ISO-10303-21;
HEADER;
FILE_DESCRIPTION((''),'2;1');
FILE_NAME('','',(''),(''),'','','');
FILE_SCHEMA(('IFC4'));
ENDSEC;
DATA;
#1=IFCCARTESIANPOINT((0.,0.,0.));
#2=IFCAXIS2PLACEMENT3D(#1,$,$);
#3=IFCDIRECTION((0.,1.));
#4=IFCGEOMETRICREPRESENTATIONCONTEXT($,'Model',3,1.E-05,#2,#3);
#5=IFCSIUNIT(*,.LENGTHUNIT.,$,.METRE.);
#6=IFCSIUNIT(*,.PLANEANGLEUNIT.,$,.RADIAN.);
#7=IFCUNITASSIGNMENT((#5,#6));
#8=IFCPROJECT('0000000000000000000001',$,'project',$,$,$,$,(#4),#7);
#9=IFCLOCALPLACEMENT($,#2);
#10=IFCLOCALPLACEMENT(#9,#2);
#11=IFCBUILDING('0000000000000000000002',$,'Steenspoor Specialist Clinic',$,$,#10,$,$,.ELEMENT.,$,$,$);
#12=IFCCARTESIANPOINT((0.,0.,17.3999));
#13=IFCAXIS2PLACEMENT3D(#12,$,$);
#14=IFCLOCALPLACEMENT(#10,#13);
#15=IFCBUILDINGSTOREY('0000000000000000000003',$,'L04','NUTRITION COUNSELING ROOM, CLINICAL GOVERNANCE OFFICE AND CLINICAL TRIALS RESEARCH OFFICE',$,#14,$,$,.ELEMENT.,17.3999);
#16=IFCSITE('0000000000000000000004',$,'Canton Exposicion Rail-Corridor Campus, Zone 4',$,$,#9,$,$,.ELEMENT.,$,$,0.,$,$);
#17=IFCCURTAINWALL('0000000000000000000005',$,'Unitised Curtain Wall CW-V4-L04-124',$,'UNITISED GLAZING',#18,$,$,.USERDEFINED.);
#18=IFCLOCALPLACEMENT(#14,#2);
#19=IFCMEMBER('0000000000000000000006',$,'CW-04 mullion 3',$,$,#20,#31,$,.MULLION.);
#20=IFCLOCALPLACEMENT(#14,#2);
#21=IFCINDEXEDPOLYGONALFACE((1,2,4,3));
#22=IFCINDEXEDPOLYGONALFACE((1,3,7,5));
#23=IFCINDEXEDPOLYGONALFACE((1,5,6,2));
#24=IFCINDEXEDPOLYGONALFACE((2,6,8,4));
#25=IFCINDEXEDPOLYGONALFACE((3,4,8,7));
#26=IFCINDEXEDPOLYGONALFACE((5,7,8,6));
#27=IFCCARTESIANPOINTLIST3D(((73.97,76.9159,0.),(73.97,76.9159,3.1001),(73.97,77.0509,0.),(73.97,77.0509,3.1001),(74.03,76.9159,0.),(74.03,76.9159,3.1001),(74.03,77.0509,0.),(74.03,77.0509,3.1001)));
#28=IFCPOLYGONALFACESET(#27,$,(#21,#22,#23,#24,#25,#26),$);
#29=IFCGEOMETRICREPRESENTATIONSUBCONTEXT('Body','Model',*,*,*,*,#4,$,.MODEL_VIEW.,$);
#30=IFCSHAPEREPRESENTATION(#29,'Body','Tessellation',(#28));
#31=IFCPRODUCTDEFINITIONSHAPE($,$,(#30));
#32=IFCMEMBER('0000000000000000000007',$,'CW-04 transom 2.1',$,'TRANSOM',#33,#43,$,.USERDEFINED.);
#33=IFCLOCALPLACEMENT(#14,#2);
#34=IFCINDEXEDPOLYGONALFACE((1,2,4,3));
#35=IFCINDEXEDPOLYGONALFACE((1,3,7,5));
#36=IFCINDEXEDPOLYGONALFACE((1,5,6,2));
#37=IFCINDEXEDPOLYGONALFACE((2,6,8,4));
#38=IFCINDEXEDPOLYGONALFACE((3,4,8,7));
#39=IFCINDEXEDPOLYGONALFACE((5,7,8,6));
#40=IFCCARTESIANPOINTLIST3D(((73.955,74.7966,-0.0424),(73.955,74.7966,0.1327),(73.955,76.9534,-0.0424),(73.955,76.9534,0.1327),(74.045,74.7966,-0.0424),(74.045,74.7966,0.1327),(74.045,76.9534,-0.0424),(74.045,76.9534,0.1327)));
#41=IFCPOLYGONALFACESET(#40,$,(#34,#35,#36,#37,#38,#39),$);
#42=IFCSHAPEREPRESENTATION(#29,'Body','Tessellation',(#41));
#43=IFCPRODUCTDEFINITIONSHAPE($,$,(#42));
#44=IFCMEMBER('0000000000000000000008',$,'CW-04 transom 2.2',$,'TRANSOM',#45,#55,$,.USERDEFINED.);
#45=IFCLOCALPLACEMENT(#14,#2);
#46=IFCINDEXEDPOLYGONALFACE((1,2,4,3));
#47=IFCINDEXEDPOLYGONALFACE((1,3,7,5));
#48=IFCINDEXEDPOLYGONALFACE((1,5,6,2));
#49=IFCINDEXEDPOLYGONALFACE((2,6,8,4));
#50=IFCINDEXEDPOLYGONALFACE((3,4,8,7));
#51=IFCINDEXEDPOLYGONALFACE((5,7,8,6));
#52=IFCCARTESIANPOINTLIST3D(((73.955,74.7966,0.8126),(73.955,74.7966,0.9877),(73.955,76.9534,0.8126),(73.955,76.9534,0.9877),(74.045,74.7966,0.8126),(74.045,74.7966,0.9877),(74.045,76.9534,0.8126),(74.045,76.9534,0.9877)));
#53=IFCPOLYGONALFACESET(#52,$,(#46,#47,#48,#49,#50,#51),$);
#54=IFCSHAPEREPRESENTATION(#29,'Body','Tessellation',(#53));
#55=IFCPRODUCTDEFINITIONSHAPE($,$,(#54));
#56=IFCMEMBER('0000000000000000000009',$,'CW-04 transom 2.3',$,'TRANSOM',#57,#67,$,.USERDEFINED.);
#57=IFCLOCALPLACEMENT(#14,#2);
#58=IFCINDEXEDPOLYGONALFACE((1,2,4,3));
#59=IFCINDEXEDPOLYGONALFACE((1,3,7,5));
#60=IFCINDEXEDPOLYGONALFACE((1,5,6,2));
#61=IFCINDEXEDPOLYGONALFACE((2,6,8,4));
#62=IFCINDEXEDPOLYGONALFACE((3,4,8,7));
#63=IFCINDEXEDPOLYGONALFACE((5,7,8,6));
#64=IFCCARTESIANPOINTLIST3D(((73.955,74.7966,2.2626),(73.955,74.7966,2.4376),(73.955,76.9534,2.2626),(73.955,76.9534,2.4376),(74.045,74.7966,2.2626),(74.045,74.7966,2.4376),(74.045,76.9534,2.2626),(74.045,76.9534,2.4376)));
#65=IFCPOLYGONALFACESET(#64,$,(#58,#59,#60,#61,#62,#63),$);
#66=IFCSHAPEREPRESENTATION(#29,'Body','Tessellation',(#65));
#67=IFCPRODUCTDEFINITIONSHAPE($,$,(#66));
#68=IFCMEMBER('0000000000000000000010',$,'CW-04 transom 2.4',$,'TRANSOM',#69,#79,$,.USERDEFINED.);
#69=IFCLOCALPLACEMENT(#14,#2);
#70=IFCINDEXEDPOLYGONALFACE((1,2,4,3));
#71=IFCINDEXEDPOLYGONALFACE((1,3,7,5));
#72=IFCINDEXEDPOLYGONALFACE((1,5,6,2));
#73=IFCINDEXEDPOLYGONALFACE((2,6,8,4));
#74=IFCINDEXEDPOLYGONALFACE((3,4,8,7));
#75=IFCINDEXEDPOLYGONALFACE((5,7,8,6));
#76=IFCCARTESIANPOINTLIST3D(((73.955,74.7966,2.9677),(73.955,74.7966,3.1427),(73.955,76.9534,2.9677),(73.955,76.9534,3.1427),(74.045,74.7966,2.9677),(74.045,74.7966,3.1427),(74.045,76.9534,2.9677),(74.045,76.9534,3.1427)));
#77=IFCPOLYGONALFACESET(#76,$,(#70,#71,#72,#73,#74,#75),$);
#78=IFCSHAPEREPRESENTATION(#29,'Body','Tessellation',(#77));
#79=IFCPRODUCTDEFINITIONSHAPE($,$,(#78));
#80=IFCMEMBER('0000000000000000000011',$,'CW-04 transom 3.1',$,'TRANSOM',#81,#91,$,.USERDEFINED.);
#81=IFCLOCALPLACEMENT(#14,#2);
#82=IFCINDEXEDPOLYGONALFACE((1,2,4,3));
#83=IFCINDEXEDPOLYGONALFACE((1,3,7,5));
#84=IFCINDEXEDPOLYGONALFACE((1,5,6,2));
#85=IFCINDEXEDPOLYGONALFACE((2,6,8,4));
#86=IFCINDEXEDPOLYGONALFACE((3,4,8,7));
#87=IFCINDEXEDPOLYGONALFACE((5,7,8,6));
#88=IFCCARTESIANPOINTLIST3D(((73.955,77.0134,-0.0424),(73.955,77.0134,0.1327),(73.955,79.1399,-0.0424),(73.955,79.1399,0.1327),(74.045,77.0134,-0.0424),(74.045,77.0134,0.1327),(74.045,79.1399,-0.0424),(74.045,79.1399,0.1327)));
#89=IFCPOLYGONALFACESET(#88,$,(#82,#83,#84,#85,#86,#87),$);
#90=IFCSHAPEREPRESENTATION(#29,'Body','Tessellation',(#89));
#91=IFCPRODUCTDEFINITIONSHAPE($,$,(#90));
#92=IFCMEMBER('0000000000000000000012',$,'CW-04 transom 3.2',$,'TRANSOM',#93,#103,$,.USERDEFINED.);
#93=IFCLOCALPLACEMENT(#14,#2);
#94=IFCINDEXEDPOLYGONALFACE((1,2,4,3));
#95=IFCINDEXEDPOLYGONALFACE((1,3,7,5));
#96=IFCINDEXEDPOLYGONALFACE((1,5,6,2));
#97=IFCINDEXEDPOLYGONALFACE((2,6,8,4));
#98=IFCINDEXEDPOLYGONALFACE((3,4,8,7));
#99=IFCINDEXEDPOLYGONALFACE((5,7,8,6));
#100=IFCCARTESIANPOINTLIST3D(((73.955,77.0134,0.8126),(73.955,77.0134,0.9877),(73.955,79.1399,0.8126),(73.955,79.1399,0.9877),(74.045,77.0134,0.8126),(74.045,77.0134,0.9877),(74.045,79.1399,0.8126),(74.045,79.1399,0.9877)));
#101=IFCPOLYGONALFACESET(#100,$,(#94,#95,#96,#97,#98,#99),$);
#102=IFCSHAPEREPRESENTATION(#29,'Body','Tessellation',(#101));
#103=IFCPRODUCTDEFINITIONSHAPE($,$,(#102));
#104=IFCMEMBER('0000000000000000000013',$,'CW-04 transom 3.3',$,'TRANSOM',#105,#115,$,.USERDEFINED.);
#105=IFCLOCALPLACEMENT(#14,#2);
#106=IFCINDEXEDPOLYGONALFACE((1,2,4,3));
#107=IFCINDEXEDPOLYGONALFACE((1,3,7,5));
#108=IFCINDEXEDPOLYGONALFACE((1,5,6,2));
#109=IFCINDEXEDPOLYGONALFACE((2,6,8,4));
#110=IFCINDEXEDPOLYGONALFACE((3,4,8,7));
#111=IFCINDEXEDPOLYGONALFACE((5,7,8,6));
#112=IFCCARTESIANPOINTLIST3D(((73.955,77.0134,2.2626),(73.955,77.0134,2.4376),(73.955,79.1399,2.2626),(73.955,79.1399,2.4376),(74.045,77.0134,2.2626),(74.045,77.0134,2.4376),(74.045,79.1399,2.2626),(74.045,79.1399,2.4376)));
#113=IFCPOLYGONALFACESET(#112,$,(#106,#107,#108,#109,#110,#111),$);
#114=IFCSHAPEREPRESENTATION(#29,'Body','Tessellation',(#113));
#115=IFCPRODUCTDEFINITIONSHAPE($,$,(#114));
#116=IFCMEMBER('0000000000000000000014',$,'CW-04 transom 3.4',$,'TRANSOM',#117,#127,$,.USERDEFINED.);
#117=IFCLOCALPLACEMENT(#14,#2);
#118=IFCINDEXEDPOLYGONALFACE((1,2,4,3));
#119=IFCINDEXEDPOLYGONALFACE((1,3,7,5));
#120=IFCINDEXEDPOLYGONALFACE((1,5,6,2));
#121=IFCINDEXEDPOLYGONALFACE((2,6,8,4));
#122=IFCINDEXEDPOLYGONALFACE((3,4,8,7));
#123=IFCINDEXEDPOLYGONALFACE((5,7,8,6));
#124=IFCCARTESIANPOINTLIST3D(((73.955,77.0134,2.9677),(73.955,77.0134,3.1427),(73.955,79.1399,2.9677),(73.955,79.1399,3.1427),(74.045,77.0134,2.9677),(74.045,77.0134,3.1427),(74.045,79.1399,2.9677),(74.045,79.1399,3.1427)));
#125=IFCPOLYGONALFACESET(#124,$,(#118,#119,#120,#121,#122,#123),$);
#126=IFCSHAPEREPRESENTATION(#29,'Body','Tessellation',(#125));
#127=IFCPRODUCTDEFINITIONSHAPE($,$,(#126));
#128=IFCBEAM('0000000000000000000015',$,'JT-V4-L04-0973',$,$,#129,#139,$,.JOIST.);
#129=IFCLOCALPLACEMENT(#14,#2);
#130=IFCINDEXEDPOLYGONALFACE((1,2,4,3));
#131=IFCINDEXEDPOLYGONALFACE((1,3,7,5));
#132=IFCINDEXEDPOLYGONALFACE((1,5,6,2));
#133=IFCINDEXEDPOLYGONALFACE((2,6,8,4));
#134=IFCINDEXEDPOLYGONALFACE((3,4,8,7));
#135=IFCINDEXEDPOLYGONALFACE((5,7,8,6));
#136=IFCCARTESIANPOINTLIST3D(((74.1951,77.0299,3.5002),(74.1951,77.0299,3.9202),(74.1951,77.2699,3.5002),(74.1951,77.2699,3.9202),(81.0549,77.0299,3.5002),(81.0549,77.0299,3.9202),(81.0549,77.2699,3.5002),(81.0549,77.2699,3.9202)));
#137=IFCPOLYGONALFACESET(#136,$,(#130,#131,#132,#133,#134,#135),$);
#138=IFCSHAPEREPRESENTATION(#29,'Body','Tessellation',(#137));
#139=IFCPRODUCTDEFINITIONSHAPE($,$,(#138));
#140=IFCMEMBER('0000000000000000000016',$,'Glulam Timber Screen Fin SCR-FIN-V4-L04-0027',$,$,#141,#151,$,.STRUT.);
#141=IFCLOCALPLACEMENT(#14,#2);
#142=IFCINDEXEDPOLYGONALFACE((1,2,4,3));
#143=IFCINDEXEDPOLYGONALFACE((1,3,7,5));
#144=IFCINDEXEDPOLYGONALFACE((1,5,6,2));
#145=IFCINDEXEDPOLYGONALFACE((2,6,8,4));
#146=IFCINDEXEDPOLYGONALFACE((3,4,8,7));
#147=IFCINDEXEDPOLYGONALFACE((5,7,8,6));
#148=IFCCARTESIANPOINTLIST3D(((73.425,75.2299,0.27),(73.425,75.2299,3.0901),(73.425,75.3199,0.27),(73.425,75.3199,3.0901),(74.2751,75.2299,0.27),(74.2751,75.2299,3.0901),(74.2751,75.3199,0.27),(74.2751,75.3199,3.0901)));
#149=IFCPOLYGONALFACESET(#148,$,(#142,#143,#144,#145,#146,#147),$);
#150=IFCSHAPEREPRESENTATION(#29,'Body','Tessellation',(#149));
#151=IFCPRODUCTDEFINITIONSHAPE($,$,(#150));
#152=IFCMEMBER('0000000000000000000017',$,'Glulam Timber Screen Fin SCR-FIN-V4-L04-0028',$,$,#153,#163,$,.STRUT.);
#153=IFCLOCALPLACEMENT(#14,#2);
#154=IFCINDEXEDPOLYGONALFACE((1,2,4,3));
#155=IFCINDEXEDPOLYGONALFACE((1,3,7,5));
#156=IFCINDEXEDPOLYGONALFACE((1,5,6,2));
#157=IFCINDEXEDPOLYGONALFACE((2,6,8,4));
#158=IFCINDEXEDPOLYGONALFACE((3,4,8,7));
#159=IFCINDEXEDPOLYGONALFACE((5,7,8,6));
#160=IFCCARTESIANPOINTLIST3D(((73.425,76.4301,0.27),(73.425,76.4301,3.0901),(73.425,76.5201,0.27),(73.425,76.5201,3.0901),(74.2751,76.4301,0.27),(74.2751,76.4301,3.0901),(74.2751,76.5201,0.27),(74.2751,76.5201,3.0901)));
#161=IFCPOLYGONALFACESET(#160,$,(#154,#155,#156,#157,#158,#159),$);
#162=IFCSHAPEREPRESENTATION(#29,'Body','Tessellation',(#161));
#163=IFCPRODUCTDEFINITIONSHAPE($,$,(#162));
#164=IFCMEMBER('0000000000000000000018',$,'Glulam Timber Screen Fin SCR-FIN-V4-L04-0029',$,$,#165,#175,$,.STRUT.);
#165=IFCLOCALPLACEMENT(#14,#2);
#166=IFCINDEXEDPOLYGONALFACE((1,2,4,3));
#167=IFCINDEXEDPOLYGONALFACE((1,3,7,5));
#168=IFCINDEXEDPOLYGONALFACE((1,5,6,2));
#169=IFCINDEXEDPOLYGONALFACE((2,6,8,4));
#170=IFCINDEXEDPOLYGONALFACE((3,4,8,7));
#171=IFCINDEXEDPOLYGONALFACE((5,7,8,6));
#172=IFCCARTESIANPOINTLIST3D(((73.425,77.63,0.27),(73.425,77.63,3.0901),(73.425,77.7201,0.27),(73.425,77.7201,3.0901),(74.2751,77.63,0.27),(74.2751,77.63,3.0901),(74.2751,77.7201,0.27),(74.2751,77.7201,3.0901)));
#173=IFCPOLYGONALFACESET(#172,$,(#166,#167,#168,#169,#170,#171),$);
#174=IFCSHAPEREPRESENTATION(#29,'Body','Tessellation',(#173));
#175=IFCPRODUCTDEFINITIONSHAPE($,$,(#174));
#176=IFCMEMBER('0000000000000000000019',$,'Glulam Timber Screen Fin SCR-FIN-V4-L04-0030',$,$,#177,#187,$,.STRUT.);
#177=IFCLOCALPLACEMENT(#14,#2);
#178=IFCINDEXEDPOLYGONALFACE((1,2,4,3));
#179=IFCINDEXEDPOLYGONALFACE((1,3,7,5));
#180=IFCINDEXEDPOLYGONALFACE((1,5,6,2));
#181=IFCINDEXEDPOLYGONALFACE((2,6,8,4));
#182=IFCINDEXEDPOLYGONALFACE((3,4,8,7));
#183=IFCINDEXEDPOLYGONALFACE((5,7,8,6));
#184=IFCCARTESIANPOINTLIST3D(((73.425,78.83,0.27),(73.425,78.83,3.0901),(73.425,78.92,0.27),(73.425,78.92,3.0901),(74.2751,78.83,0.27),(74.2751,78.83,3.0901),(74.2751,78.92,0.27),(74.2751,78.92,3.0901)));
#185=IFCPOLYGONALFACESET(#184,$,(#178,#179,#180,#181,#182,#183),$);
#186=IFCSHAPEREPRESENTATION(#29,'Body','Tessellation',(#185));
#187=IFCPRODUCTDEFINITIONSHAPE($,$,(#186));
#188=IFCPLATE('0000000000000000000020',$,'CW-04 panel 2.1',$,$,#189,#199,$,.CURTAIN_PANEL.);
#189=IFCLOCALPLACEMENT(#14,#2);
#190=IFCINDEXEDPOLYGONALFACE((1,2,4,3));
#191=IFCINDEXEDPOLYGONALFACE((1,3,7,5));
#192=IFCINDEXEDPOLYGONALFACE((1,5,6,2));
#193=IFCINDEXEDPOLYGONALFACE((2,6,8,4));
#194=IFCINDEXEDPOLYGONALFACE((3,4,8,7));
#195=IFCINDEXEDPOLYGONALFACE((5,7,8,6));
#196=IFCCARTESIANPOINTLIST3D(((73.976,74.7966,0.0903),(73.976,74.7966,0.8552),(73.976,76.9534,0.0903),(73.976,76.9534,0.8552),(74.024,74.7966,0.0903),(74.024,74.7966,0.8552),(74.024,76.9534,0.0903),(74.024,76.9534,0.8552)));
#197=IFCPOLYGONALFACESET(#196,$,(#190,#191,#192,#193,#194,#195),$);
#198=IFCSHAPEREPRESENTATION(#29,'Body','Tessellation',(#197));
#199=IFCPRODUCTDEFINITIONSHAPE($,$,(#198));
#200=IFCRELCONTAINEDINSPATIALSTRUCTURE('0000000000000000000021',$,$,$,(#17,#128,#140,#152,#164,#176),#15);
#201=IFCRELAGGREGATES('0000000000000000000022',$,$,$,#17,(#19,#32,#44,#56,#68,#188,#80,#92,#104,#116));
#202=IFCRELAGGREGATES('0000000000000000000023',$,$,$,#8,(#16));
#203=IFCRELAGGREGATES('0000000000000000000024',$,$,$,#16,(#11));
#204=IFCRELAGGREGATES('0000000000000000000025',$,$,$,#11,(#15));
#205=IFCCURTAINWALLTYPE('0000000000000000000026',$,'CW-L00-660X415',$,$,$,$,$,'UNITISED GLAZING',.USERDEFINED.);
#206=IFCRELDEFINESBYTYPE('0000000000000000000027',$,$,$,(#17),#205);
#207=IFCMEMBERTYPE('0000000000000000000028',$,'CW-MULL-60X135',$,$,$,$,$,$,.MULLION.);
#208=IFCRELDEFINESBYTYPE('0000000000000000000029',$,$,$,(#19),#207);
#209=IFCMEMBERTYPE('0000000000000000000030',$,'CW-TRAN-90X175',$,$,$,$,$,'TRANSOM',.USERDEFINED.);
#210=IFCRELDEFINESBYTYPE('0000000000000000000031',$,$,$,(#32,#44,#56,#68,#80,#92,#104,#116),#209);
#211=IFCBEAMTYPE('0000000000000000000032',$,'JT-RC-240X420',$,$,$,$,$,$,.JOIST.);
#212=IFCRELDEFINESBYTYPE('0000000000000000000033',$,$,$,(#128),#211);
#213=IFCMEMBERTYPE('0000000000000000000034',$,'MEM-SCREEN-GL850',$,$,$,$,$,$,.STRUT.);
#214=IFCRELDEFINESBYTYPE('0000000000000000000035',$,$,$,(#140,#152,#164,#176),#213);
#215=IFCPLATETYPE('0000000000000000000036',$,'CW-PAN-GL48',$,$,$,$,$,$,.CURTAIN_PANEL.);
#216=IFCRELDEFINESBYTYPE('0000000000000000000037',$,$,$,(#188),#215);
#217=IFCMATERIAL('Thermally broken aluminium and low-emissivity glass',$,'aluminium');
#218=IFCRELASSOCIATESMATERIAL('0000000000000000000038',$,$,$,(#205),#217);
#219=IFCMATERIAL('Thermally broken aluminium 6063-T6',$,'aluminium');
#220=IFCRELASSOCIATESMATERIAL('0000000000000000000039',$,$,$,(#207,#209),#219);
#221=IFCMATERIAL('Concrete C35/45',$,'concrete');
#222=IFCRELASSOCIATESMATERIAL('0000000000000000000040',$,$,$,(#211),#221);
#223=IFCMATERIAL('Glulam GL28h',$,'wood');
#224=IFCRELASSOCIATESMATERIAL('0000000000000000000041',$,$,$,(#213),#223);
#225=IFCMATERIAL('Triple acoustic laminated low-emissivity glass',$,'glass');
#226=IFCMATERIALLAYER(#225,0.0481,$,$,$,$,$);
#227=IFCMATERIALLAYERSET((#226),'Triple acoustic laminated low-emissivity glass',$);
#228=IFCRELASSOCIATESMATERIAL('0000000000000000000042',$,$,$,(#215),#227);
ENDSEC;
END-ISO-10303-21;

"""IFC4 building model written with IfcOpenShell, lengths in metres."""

from ifc_helpers import new_model, si_unit, direction, frame, origin, origin_2d, place, context, subcontext, project, spatial, rectangle, extrude, material, layer, layer_set, material_profile, profile_set, type_object, element, aggregate, save


model = new_model("IFC4")

# Units and contexts
model_context = context("Model", 3, precision=1e-05, world=origin(), true_north=direction((0.0, 1.0)))
body_context = subcontext(model_context, "Body", "Model", "MODEL_VIEW")
ifc_project = project(units=[si_unit("LENGTHUNIT", "METRE"), si_unit("PLANEANGLEUNIT", "RADIAN")], contexts=[model_context])

# Site, building, storey
site_placement = place(None, origin())
site = spatial("IfcSite", under=ifc_project, at=site_placement, Name="Canton Exposicion Rail-Corridor Campus, Zone 4", CompositionType="ELEMENT", RefElevation=0.0)
building_placement = place(site_placement, origin())
building = spatial("IfcBuilding", under=site, at=building_placement, Name="Steenspoor Specialist Clinic", CompositionType="ELEMENT")
storey_placement = place(building_placement, frame((0.0, 0.0, 17.3999)))
storey = spatial("IfcBuildingStorey", under=building, at=storey_placement, Name="L04", Description="NUTRITION COUNSELING ROOM, CLINICAL GOVERNANCE OFFICE AND CLINICAL TRIALS RESEARCH OFFICE", CompositionType="ELEMENT", Elevation=17.3999)

# Curtain wall, members
ifc_material_1 = material(Name="Thermally broken aluminium and low-emissivity glass", Category="aluminium")
curtain_wall_type = type_object("IfcCurtainWallType", Name="CW-L00-660X415", ElementType="UNITISED GLAZING", PredefinedType="USERDEFINED", material=ifc_material_1)
curtain_wall_placement = place(storey_placement, origin())
curtain_wall = element("IfcCurtainWall", 1, at=curtain_wall_placement, inside=storey, type_object=curtain_wall_type, Name="Unitised Curtain Wall CW-V4-L04-124", ObjectType="UNITISED GLAZING", PredefinedType="USERDEFINED")
ifc_material_2 = material(Name="Thermally broken aluminium 6063-T6", Category="aluminium")
ifc_material_profile_1 = material_profile(ifc_material_2, rectangle(XDim=0.0601, YDim=0.135, at=origin_2d()), Name="CWM-60X135")
ifc_profile_set_1 = profile_set([ifc_material_profile_1], Name="Thermally broken aluminium 6063-T6")
member_type_1 = type_object("IfcMemberType", Name="CW-MULL-60X135", PredefinedType="MULLION", material=ifc_profile_set_1)
member_1_placement = place(storey_placement, frame((74.0, 76.9834, 0.0), z_axis=(0.0, 0.0, 1.0), x_axis=(-1.0, 0.0, 0.0)))
member_1 = element("IfcMember", 2, at=member_1_placement, type_object=member_type_1, Name="CW-04 mullion 3", PredefinedType="MULLION", context=body_context, shape_type="SweptSolid", body=[
    extrude(rectangle(XDim=0.0601, YDim=0.135, at=origin_2d()), origin(), (0.0, 0.0, 1.0), 3.1001),
])
ifc_material_profile_2 = material_profile(ifc_material_2, rectangle(XDim=0.0901, YDim=0.175, at=origin_2d()), Name="CWT-90X175")
ifc_profile_set_2 = profile_set([ifc_material_profile_2], Name="Thermally broken aluminium 6063-T6")
member_type_2 = type_object("IfcMemberType", Name="CW-TRAN-90X175", ElementType="TRANSOM", PredefinedType="USERDEFINED", material=ifc_profile_set_2)
member_2_placement = place(storey_placement, frame((74.0, 74.7966, 0.0452), z_axis=(0.0, 1.0, 0.0), x_axis=(-1.0, 0.0, 0.0)))
member_2 = element("IfcMember", 3, at=member_2_placement, type_object=member_type_2, Name="CW-04 transom 2.1", ObjectType="TRANSOM", PredefinedType="USERDEFINED", context=body_context, shape_type="SweptSolid", body=[
    extrude(rectangle(XDim=0.0901, YDim=0.175, at=origin_2d()), origin(), (0.0, 0.0, 1.0), 2.1567),
])
member_3_placement = place(storey_placement, frame((74.0, 74.7966, 0.9001), z_axis=(0.0, 1.0, 0.0), x_axis=(-1.0, 0.0, 0.0)))
member_3 = element("IfcMember", 4, at=member_3_placement, type_object=member_type_2, Name="CW-04 transom 2.2", ObjectType="TRANSOM", PredefinedType="USERDEFINED", context=body_context, shape_type="SweptSolid", body=[
    extrude(rectangle(XDim=0.0901, YDim=0.175, at=origin_2d()), origin(), (0.0, 0.0, 1.0), 2.1567),
])
member_4_placement = place(storey_placement, frame((74.0, 74.7966, 2.3501), z_axis=(0.0, 1.0, 0.0), x_axis=(-1.0, 0.0, 0.0)))
member_4 = element("IfcMember", 5, at=member_4_placement, type_object=member_type_2, Name="CW-04 transom 2.3", ObjectType="TRANSOM", PredefinedType="USERDEFINED", context=body_context, shape_type="SweptSolid", body=[
    extrude(rectangle(XDim=0.0901, YDim=0.175, at=origin_2d()), origin(), (0.0, 0.0, 1.0), 2.1567),
])
member_5_placement = place(storey_placement, frame((74.0, 74.7966, 3.0552), z_axis=(0.0, 1.0, 0.0), x_axis=(-1.0, 0.0, 0.0)))
member_5 = element("IfcMember", 6, at=member_5_placement, type_object=member_type_2, Name="CW-04 transom 2.4", ObjectType="TRANSOM", PredefinedType="USERDEFINED", context=body_context, shape_type="SweptSolid", body=[
    extrude(rectangle(XDim=0.0901, YDim=0.175, at=origin_2d()), origin(), (0.0, 0.0, 1.0), 2.1567),
])
member_6_placement = place(storey_placement, frame((74.0, 77.0134, 0.0452), z_axis=(0.0, 1.0, 0.0), x_axis=(-1.0, 0.0, 0.0)))
member_6 = element("IfcMember", 7, at=member_6_placement, type_object=member_type_2, Name="CW-04 transom 3.1", ObjectType="TRANSOM", PredefinedType="USERDEFINED", context=body_context, shape_type="SweptSolid", body=[
    extrude(rectangle(XDim=0.0901, YDim=0.175, at=origin_2d()), origin(), (0.0, 0.0, 1.0), 2.1265),
])
member_7_placement = place(storey_placement, frame((74.0, 77.0134, 0.9001), z_axis=(0.0, 1.0, 0.0), x_axis=(-1.0, 0.0, 0.0)))
member_7 = element("IfcMember", 8, at=member_7_placement, type_object=member_type_2, Name="CW-04 transom 3.2", ObjectType="TRANSOM", PredefinedType="USERDEFINED", context=body_context, shape_type="SweptSolid", body=[
    extrude(rectangle(XDim=0.0901, YDim=0.175, at=origin_2d()), origin(), (0.0, 0.0, 1.0), 2.1265),
])
member_8_placement = place(storey_placement, frame((74.0, 77.0134, 2.3501), z_axis=(0.0, 1.0, 0.0), x_axis=(-1.0, 0.0, 0.0)))
member_8 = element("IfcMember", 9, at=member_8_placement, type_object=member_type_2, Name="CW-04 transom 3.3", ObjectType="TRANSOM", PredefinedType="USERDEFINED", context=body_context, shape_type="SweptSolid", body=[
    extrude(rectangle(XDim=0.0901, YDim=0.175, at=origin_2d()), origin(), (0.0, 0.0, 1.0), 2.1265),
])
member_9_placement = place(storey_placement, frame((74.0, 77.0134, 3.0552), z_axis=(0.0, 1.0, 0.0), x_axis=(-1.0, 0.0, 0.0)))
member_9 = element("IfcMember", 10, at=member_9_placement, type_object=member_type_2, Name="CW-04 transom 3.4", ObjectType="TRANSOM", PredefinedType="USERDEFINED", context=body_context, shape_type="SweptSolid", body=[
    extrude(rectangle(XDim=0.0901, YDim=0.175, at=origin_2d()), origin(), (0.0, 0.0, 1.0), 2.1265),
])

# Beam
ifc_material_3 = material(Name="Concrete C35/45", Category="concrete")
ifc_material_profile_3 = material_profile(ifc_material_3, rectangle(XDim=0.24, YDim=0.4199, at=origin_2d()), Name="RC-JT-240X420")
ifc_profile_set_3 = profile_set([ifc_material_profile_3], Name="Concrete C35/45")
beam_type = type_object("IfcBeamType", Name="JT-RC-240X420", PredefinedType="JOIST", material=ifc_profile_set_3)
beam_placement = place(storey_placement, frame((74.1951, 77.1499, 3.7102), z_axis=(1.0, 0.0, 0.0), x_axis=(0.0, 1.0, 0.0)))
element("IfcBeam", 11, at=beam_placement, inside=storey, type_object=beam_type, Name="JT-V4-L04-0973", PredefinedType="JOIST", context=body_context, shape_type="SweptSolid", body=[
    extrude(rectangle(XDim=0.24, YDim=0.4199, at=origin_2d()), origin(), (0.0, 0.0, 1.0), 6.8599),
])

# Members
ifc_material_4 = material(Name="Glulam GL28h", Category="wood")
ifc_material_profile_4 = material_profile(ifc_material_4, rectangle(XDim=0.0901, YDim=0.8501, at=origin_2d()), Name="GL28H-90X850")
ifc_profile_set_4 = profile_set([ifc_material_profile_4], Name="Glulam GL28h")
member_type_3 = type_object("IfcMemberType", Name="MEM-SCREEN-GL850", PredefinedType="STRUT", material=ifc_profile_set_4)
for number, where, z_axis, x_axis, name in (
    (12, (73.8501, 75.2749, 0.27), (0.0, 0.0, 1.0), (0.0, 1.0, 0.0), "Glulam Timber Screen Fin SCR-FIN-V4-L04-0027"),
    (13, (73.8501, 76.4751, 0.27), (0.0, 0.0, 1.0), (0.0, 1.0, 0.0), "Glulam Timber Screen Fin SCR-FIN-V4-L04-0028"),
    (14, (73.8501, 77.675, 0.27), (0.0, 0.0, 1.0), (0.0, 1.0, 0.0), "Glulam Timber Screen Fin SCR-FIN-V4-L04-0029"),
    (15, (73.8501, 78.875, 0.27), (0.0, 0.0, 1.0), (0.0, 1.0, 0.0), "Glulam Timber Screen Fin SCR-FIN-V4-L04-0030"),
):
    element("IfcMember", number, at=place(storey_placement, frame(where, z_axis=z_axis, x_axis=x_axis)), inside=storey, type_object=member_type_3, Name=name, PredefinedType="STRUT", context=body_context, shape_type="SweptSolid", body=[
        extrude(rectangle(XDim=0.0901, YDim=0.8501, at=origin_2d()), origin(), (0.0, 0.0, 1.0), 2.8201),
    ])

# Plate
ifc_material_5 = material(Name="Triple acoustic laminated low-emissivity glass", Category="glass")
ifc_layer_1 = layer(ifc_material_5, 0.0481)
ifc_layer_set_1 = layer_set([ifc_layer_1], Name="Triple acoustic laminated low-emissivity glass")
plate_type = type_object("IfcPlateType", Name="CW-PAN-GL48", PredefinedType="CURTAIN_PANEL", material=ifc_layer_set_1)
plate_1_placement = place(storey_placement, frame((74.0, 75.875, 0.0903), z_axis=(0.0, 0.0, 1.0), x_axis=(0.0, 1.0, 0.0)))
plate_1 = element("IfcPlate", 16, at=plate_1_placement, type_object=plate_type, Name="CW-04 panel 2.1", PredefinedType="CURTAIN_PANEL", context=body_context, shape_type="SweptSolid", body=[
    extrude(rectangle(XDim=2.1567, YDim=0.0481, at=origin_2d()), origin(), (0.0, 0.0, 1.0), 0.7649),
])
aggregate(curtain_wall, [member_1, member_2, member_3, member_4, member_5, plate_1, member_6, member_7, member_8, member_9])

save(model, "model.ifc")
